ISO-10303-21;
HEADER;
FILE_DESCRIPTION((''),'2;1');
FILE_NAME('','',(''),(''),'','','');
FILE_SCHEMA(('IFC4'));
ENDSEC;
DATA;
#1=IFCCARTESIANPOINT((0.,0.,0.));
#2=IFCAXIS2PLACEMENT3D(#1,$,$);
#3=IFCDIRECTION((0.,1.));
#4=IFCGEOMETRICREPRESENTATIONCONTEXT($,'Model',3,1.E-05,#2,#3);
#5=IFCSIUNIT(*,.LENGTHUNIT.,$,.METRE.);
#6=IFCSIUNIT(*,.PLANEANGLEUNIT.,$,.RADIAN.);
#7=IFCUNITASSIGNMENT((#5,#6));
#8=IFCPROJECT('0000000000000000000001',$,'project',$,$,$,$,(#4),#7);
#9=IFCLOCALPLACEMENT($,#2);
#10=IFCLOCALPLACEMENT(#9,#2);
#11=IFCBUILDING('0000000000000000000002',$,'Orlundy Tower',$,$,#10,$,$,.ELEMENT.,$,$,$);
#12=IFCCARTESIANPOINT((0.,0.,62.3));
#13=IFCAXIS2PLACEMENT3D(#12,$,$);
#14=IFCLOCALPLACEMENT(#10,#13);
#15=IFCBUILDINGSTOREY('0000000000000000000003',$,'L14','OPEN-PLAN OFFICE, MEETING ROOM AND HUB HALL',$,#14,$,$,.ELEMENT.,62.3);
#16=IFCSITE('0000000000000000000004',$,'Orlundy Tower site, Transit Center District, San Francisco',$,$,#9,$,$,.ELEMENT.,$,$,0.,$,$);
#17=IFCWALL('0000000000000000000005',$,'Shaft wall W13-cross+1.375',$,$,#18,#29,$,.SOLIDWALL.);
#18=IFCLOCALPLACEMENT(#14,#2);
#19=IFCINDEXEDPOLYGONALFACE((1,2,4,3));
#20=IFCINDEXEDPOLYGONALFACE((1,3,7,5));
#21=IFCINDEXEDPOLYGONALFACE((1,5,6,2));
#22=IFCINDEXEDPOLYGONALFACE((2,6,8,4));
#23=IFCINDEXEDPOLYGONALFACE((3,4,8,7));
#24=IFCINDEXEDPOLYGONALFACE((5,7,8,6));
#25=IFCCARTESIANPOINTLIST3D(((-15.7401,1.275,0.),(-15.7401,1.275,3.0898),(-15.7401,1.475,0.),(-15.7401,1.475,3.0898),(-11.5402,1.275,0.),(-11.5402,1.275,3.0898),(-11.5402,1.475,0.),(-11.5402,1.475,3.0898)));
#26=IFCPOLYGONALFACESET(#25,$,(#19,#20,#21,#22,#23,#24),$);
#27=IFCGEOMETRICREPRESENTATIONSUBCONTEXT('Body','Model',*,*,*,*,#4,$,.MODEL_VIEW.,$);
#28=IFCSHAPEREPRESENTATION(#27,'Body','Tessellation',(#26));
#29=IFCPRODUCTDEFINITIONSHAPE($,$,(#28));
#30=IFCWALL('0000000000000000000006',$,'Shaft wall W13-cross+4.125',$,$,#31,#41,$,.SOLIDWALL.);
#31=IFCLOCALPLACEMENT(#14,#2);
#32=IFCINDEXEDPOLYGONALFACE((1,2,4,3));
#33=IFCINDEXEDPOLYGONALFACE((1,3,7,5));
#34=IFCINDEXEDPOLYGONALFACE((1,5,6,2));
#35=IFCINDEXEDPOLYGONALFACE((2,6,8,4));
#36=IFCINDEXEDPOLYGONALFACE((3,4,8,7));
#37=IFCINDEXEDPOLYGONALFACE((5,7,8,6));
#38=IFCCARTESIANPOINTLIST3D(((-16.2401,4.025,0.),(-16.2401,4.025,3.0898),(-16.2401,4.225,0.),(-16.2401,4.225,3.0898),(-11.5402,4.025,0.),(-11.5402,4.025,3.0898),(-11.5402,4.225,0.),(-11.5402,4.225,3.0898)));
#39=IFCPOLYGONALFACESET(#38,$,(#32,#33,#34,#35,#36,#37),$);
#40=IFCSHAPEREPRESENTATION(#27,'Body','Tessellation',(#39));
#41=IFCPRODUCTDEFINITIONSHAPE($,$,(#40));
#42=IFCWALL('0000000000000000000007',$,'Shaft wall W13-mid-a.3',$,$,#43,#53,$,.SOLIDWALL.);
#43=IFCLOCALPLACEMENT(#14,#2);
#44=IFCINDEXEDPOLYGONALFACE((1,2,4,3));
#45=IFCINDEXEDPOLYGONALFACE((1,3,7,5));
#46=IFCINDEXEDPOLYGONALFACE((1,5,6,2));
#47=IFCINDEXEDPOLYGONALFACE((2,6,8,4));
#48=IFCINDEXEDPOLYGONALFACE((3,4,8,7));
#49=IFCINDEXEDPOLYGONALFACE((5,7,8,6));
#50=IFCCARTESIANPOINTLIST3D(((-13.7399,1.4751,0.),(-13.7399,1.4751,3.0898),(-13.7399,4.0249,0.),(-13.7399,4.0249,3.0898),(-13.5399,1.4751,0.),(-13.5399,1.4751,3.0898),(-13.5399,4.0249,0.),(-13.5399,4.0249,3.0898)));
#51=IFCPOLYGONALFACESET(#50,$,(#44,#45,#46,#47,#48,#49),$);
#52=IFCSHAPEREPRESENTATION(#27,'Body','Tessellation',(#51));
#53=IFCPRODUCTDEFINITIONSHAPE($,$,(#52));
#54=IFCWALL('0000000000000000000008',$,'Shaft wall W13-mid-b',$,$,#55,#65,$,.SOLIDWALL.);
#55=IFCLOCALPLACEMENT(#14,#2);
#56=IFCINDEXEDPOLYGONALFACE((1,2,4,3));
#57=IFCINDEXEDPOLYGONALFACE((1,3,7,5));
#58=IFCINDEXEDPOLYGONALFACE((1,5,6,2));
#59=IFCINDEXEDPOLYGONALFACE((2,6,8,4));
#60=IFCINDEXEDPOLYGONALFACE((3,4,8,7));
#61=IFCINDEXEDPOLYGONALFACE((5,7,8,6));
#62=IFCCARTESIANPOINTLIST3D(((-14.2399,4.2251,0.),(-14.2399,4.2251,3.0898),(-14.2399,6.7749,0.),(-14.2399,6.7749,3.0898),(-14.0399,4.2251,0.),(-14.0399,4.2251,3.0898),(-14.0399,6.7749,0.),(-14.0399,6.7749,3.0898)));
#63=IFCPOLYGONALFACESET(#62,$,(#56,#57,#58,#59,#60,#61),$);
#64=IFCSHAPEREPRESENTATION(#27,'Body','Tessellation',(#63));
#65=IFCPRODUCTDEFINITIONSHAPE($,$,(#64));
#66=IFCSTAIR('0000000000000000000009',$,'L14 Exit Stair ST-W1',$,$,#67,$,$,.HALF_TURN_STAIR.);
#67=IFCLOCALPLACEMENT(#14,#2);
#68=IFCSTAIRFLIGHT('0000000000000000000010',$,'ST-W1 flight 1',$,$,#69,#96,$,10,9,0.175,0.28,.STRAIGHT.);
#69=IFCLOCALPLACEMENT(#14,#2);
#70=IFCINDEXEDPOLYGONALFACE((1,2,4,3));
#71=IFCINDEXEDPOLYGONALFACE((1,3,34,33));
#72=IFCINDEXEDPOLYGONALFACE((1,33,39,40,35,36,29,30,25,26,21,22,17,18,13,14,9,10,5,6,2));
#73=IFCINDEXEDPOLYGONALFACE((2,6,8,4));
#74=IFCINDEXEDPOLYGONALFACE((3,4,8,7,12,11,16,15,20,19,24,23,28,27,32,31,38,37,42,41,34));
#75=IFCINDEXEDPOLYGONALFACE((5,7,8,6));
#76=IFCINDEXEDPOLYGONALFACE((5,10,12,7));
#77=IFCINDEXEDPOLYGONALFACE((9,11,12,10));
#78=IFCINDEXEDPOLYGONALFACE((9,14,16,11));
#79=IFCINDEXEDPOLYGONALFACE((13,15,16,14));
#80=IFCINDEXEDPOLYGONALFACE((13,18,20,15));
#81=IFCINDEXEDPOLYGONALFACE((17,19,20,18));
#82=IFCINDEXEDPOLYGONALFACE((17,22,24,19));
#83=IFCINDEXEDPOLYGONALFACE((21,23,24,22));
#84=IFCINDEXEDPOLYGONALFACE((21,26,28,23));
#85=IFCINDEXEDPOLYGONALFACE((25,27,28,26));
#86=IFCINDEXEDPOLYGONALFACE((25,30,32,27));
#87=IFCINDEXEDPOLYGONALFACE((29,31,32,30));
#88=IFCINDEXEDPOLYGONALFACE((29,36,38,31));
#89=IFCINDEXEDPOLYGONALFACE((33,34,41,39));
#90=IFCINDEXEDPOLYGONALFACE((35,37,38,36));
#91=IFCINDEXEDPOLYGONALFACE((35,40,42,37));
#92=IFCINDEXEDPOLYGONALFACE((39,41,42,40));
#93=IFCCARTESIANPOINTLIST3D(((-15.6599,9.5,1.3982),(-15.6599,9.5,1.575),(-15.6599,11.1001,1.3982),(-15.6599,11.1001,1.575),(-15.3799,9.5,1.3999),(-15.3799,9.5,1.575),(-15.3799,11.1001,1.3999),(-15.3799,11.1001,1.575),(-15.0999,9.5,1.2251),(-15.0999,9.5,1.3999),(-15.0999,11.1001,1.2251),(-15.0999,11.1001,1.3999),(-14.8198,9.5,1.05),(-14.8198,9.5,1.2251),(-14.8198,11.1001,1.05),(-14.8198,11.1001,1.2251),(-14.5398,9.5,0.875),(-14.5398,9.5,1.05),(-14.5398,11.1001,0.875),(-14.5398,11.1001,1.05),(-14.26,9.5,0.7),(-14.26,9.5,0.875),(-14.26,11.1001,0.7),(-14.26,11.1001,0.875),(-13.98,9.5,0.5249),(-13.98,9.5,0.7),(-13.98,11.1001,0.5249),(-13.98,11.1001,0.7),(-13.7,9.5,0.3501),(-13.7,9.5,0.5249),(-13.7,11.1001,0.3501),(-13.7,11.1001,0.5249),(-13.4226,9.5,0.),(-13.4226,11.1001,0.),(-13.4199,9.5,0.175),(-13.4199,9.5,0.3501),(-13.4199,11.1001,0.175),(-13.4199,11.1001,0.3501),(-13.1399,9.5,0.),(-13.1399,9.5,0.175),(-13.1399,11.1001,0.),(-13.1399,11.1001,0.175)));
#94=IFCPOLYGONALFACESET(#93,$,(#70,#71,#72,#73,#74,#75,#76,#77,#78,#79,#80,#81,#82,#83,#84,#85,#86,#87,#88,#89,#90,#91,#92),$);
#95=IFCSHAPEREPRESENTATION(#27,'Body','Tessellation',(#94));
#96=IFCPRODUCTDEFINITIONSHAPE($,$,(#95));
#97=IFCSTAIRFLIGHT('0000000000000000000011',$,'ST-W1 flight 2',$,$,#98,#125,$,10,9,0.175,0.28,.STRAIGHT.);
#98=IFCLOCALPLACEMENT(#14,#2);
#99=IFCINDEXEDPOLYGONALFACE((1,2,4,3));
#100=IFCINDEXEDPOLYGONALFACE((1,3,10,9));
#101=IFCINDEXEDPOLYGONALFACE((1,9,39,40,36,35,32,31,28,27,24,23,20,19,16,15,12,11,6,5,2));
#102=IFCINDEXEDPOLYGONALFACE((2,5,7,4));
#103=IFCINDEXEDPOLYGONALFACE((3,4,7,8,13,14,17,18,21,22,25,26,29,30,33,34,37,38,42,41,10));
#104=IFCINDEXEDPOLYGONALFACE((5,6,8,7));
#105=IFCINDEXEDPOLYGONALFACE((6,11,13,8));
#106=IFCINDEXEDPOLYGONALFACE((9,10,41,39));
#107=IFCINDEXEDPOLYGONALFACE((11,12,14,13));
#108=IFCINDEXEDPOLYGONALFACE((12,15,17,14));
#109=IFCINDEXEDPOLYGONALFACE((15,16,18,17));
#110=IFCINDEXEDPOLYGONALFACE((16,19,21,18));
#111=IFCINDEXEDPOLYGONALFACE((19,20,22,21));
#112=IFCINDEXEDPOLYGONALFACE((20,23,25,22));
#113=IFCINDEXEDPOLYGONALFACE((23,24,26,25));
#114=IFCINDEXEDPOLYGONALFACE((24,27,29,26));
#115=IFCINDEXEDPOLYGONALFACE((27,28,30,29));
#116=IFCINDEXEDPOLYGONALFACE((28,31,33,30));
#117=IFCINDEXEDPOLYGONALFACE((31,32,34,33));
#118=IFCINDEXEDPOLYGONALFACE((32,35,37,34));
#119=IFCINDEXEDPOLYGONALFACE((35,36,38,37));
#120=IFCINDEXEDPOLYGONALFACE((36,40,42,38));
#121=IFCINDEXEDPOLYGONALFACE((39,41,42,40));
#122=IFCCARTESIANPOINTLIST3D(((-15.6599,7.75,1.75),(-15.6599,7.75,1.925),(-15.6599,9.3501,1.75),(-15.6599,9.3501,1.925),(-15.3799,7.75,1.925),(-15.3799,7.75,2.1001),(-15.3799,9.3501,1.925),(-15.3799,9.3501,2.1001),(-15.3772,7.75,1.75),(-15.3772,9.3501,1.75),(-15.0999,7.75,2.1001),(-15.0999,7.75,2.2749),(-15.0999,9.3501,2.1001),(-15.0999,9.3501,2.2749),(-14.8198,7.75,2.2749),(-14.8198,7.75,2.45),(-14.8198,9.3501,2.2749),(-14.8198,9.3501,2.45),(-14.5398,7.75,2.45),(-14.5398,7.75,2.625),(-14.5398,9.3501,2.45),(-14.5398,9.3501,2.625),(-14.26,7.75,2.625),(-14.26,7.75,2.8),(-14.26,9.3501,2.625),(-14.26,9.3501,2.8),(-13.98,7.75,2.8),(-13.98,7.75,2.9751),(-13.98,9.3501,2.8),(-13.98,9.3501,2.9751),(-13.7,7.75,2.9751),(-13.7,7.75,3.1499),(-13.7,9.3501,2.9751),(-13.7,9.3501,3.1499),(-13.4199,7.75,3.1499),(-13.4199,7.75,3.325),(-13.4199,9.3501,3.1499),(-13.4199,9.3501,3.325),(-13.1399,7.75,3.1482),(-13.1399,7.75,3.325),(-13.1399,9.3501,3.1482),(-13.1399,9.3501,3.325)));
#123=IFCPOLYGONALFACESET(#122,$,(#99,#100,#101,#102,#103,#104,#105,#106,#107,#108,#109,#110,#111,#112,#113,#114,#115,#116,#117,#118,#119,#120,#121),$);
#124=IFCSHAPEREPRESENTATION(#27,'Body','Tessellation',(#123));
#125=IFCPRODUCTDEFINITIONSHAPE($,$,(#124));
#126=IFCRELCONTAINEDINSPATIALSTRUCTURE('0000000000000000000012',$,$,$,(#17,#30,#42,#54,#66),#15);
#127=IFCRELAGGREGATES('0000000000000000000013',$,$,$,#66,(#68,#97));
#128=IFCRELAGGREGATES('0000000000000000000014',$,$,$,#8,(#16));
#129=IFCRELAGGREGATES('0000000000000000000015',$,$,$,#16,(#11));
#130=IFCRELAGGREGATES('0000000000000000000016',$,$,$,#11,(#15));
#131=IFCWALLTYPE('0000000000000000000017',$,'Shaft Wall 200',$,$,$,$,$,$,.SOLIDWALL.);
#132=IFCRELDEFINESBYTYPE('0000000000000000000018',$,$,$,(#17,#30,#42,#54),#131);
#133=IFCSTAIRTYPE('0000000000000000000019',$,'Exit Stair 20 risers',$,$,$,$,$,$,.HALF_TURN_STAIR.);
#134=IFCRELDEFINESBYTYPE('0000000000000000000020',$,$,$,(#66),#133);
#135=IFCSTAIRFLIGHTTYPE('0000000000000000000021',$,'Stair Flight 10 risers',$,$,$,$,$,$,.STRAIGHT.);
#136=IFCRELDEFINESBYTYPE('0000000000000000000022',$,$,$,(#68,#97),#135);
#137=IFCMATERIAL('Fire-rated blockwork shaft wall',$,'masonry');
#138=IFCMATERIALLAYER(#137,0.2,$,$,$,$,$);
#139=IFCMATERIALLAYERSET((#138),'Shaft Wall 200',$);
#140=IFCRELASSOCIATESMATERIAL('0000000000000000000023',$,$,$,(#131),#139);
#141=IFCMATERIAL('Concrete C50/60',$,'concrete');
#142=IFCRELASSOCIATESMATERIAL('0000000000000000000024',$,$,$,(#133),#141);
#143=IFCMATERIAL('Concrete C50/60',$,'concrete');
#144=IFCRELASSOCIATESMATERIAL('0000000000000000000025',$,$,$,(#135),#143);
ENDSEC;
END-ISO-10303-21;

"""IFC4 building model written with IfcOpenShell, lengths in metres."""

from ifc_helpers import new_model, si_unit, direction, frame, frame_2d, origin, place, context, subcontext, project, spatial, polyline, rectangle, outline, extrude, material, layer, layer_set, type_object, element, aggregate, save


model = new_model("IFC4")

# Units and contexts
model_context = context("Model", 3, precision=1e-05, world=origin(), true_north=direction((0.0, 1.0)))
body_context = subcontext(model_context, "Body", "Model", "MODEL_VIEW")
ifc_project = project(units=[si_unit("LENGTHUNIT", "METRE"), si_unit("PLANEANGLEUNIT", "RADIAN")], contexts=[model_context])

# Site, building, storey
site_placement = place(None, origin())
site = spatial("IfcSite", under=ifc_project, at=site_placement, Name="Orlundy Tower site, Transit Center District, San Francisco", CompositionType="ELEMENT", RefElevation=0.0)
building_placement = place(site_placement, origin())
building = spatial("IfcBuilding", under=site, at=building_placement, Name="Orlundy Tower", CompositionType="ELEMENT")
storey_placement = place(building_placement, frame((0.0, 0.0, 62.3)))
storey = spatial("IfcBuildingStorey", under=building, at=storey_placement, Name="L14", Description="OPEN-PLAN OFFICE, MEETING ROOM AND HUB HALL", CompositionType="ELEMENT", Elevation=62.3)

# Walls
ifc_material_1 = material(Name="Fire-rated blockwork shaft wall", Category="masonry")
ifc_layer_1 = layer(ifc_material_1, 0.2)
ifc_layer_set_1 = layer_set([ifc_layer_1], Name="Shaft Wall 200")
wall_type_1 = type_object("IfcWallType", Name="Shaft Wall 200", PredefinedType="SOLIDWALL", material=ifc_layer_set_1)
wall_1_placement = place(storey_placement, frame((-11.54, 1.375, 0.0), z_axis=(0.0, 0.0, 1.0), x_axis=(-1.0, 0.0, 0.0)))
element("IfcWall", 1, at=wall_1_placement, inside=storey, type_object=wall_type_1, Name="Shaft wall W13-cross+1.375", PredefinedType="SOLIDWALL", context=body_context, shape_type="SweptSolid", body=[
    extrude(rectangle(XDim=4.2, YDim=0.2, at=frame_2d((2.1001, 0.0))), origin(), (0.0, 0.0, 1.0), 3.0898),
])
wall_2_placement = place(storey_placement, frame((-11.54, 4.125, 0.0), z_axis=(0.0, 0.0, 1.0), x_axis=(-1.0, 0.0, 0.0)))
element("IfcWall", 2, at=wall_2_placement, inside=storey, type_object=wall_type_1, Name="Shaft wall W13-cross+4.125", PredefinedType="SOLIDWALL", context=body_context, shape_type="SweptSolid", body=[
    extrude(rectangle(XDim=4.7, YDim=0.2, at=frame_2d((2.3501, 0.0))), origin(), (0.0, 0.0, 1.0), 3.0898),
])
for number, where, z_axis, x_axis, name in (
    (3, (-13.6399, 1.4751, 0.0), (0.0, 0.0, 1.0), (0.0, 1.0, 0.0), "Shaft wall W13-mid-a.3"),
    (4, (-14.1399, 4.2251, 0.0), (0.0, 0.0, 1.0), (0.0, 1.0, 0.0), "Shaft wall W13-mid-b"),
):
    element("IfcWall", number, at=place(storey_placement, frame(where, z_axis=z_axis, x_axis=x_axis)), inside=storey, type_object=wall_type_1, Name=name, PredefinedType="SOLIDWALL", context=body_context, shape_type="SweptSolid", body=[
        extrude(rectangle(XDim=2.5498, YDim=0.2, at=frame_2d((1.2749, 0.0))), origin(), (0.0, 0.0, 1.0), 3.0898),
    ])

# Stair, stair flights
ifc_material_2 = material(Name="Concrete C50/60", Category="concrete")
stair_type = type_object("IfcStairType", Name="Exit Stair 20 risers", PredefinedType="HALF_TURN_STAIR", material=ifc_material_2)
stair_placement = place(storey_placement, origin())
stair = element("IfcStair", 5, at=stair_placement, inside=storey, type_object=stair_type, Name="L14 Exit Stair ST-W1", PredefinedType="HALF_TURN_STAIR")
ifc_material_3 = material(Name="Concrete C50/60", Category="concrete")
stair_flight_type = type_object("IfcStairFlightType", Name="Stair Flight 10 risers", PredefinedType="STRAIGHT", material=ifc_material_3)
stair_flight_1_placement = place(storey_placement, frame((-13.1399, 10.3, 0.0), z_axis=(0.0, 0.0, 1.0), x_axis=(-1.0, 0.0, 0.0)))
stair_flight_1 = element("IfcStairFlight", 6, at=stair_flight_1_placement, type_object=stair_flight_type, Name="ST-W1 flight 1", NumberOfRisers=10, NumberOfTreads=9, PredefinedType="STRAIGHT", RiserHeight=0.175, TreadLength=0.28, context=body_context, shape_type="SweptSolid", body=[
    extrude(outline(polyline([(0.0, 0.0), (0.0, 0.175), (0.28, 0.175), (0.28, 0.3501), (0.5601, 0.3501), (0.5601, 0.5249), (0.8401, 0.5249), (0.8401, 0.7), (1.1201, 0.7), (1.1201, 0.875), (1.3999, 0.875), (1.3999, 1.05), (1.6799, 1.05), (1.6799, 1.2251), (1.96, 1.2251), (1.96, 1.3999), (2.24, 1.3999), (2.24, 1.575), (2.52, 1.575), (2.52, 1.75), (2.52, 1.3982), (0.2827, 0.0), (0.0, 0.0)])), frame((0.0, 0.8, 0.0), z_axis=(0.0, -1.0, 0.0), x_axis=(1.0, 0.0, 0.0)), (0.0, 0.0, 1.0), 1.6001),
])
stair_flight_2_placement = place(storey_placement, frame((-15.6599, 8.55, 1.75), z_axis=(0.0, 0.0, 1.0), x_axis=(1.0, 0.0, 0.0)))
stair_flight_2 = element("IfcStairFlight", 7, at=stair_flight_2_placement, type_object=stair_flight_type, Name="ST-W1 flight 2", NumberOfRisers=10, NumberOfTreads=9, PredefinedType="STRAIGHT", RiserHeight=0.175, TreadLength=0.28, context=body_context, shape_type="SweptSolid", body=[
    extrude(outline(polyline([(0.0, 0.0), (0.0, 0.175), (0.28, 0.175), (0.28, 0.3501), (0.5601, 0.3501), (0.5601, 0.5249), (0.8401, 0.5249), (0.8401, 0.7), (1.1201, 0.7), (1.1201, 0.875), (1.3999, 0.875), (1.3999, 1.05), (1.6799, 1.05), (1.6799, 1.2251), (1.96, 1.2251), (1.96, 1.3999), (2.24, 1.3999), (2.24, 1.575), (2.52, 1.575), (2.52, 1.75), (2.52, 1.3982), (0.2827, 0.0), (0.0, 0.0)])), frame((0.0, 0.8, 0.0), z_axis=(0.0, -1.0, 0.0), x_axis=(1.0, 0.0, 0.0)), (0.0, 0.0, 1.0), 1.6001),
])
aggregate(stair, [stair_flight_1, stair_flight_2])

save(model, "model.ifc")
